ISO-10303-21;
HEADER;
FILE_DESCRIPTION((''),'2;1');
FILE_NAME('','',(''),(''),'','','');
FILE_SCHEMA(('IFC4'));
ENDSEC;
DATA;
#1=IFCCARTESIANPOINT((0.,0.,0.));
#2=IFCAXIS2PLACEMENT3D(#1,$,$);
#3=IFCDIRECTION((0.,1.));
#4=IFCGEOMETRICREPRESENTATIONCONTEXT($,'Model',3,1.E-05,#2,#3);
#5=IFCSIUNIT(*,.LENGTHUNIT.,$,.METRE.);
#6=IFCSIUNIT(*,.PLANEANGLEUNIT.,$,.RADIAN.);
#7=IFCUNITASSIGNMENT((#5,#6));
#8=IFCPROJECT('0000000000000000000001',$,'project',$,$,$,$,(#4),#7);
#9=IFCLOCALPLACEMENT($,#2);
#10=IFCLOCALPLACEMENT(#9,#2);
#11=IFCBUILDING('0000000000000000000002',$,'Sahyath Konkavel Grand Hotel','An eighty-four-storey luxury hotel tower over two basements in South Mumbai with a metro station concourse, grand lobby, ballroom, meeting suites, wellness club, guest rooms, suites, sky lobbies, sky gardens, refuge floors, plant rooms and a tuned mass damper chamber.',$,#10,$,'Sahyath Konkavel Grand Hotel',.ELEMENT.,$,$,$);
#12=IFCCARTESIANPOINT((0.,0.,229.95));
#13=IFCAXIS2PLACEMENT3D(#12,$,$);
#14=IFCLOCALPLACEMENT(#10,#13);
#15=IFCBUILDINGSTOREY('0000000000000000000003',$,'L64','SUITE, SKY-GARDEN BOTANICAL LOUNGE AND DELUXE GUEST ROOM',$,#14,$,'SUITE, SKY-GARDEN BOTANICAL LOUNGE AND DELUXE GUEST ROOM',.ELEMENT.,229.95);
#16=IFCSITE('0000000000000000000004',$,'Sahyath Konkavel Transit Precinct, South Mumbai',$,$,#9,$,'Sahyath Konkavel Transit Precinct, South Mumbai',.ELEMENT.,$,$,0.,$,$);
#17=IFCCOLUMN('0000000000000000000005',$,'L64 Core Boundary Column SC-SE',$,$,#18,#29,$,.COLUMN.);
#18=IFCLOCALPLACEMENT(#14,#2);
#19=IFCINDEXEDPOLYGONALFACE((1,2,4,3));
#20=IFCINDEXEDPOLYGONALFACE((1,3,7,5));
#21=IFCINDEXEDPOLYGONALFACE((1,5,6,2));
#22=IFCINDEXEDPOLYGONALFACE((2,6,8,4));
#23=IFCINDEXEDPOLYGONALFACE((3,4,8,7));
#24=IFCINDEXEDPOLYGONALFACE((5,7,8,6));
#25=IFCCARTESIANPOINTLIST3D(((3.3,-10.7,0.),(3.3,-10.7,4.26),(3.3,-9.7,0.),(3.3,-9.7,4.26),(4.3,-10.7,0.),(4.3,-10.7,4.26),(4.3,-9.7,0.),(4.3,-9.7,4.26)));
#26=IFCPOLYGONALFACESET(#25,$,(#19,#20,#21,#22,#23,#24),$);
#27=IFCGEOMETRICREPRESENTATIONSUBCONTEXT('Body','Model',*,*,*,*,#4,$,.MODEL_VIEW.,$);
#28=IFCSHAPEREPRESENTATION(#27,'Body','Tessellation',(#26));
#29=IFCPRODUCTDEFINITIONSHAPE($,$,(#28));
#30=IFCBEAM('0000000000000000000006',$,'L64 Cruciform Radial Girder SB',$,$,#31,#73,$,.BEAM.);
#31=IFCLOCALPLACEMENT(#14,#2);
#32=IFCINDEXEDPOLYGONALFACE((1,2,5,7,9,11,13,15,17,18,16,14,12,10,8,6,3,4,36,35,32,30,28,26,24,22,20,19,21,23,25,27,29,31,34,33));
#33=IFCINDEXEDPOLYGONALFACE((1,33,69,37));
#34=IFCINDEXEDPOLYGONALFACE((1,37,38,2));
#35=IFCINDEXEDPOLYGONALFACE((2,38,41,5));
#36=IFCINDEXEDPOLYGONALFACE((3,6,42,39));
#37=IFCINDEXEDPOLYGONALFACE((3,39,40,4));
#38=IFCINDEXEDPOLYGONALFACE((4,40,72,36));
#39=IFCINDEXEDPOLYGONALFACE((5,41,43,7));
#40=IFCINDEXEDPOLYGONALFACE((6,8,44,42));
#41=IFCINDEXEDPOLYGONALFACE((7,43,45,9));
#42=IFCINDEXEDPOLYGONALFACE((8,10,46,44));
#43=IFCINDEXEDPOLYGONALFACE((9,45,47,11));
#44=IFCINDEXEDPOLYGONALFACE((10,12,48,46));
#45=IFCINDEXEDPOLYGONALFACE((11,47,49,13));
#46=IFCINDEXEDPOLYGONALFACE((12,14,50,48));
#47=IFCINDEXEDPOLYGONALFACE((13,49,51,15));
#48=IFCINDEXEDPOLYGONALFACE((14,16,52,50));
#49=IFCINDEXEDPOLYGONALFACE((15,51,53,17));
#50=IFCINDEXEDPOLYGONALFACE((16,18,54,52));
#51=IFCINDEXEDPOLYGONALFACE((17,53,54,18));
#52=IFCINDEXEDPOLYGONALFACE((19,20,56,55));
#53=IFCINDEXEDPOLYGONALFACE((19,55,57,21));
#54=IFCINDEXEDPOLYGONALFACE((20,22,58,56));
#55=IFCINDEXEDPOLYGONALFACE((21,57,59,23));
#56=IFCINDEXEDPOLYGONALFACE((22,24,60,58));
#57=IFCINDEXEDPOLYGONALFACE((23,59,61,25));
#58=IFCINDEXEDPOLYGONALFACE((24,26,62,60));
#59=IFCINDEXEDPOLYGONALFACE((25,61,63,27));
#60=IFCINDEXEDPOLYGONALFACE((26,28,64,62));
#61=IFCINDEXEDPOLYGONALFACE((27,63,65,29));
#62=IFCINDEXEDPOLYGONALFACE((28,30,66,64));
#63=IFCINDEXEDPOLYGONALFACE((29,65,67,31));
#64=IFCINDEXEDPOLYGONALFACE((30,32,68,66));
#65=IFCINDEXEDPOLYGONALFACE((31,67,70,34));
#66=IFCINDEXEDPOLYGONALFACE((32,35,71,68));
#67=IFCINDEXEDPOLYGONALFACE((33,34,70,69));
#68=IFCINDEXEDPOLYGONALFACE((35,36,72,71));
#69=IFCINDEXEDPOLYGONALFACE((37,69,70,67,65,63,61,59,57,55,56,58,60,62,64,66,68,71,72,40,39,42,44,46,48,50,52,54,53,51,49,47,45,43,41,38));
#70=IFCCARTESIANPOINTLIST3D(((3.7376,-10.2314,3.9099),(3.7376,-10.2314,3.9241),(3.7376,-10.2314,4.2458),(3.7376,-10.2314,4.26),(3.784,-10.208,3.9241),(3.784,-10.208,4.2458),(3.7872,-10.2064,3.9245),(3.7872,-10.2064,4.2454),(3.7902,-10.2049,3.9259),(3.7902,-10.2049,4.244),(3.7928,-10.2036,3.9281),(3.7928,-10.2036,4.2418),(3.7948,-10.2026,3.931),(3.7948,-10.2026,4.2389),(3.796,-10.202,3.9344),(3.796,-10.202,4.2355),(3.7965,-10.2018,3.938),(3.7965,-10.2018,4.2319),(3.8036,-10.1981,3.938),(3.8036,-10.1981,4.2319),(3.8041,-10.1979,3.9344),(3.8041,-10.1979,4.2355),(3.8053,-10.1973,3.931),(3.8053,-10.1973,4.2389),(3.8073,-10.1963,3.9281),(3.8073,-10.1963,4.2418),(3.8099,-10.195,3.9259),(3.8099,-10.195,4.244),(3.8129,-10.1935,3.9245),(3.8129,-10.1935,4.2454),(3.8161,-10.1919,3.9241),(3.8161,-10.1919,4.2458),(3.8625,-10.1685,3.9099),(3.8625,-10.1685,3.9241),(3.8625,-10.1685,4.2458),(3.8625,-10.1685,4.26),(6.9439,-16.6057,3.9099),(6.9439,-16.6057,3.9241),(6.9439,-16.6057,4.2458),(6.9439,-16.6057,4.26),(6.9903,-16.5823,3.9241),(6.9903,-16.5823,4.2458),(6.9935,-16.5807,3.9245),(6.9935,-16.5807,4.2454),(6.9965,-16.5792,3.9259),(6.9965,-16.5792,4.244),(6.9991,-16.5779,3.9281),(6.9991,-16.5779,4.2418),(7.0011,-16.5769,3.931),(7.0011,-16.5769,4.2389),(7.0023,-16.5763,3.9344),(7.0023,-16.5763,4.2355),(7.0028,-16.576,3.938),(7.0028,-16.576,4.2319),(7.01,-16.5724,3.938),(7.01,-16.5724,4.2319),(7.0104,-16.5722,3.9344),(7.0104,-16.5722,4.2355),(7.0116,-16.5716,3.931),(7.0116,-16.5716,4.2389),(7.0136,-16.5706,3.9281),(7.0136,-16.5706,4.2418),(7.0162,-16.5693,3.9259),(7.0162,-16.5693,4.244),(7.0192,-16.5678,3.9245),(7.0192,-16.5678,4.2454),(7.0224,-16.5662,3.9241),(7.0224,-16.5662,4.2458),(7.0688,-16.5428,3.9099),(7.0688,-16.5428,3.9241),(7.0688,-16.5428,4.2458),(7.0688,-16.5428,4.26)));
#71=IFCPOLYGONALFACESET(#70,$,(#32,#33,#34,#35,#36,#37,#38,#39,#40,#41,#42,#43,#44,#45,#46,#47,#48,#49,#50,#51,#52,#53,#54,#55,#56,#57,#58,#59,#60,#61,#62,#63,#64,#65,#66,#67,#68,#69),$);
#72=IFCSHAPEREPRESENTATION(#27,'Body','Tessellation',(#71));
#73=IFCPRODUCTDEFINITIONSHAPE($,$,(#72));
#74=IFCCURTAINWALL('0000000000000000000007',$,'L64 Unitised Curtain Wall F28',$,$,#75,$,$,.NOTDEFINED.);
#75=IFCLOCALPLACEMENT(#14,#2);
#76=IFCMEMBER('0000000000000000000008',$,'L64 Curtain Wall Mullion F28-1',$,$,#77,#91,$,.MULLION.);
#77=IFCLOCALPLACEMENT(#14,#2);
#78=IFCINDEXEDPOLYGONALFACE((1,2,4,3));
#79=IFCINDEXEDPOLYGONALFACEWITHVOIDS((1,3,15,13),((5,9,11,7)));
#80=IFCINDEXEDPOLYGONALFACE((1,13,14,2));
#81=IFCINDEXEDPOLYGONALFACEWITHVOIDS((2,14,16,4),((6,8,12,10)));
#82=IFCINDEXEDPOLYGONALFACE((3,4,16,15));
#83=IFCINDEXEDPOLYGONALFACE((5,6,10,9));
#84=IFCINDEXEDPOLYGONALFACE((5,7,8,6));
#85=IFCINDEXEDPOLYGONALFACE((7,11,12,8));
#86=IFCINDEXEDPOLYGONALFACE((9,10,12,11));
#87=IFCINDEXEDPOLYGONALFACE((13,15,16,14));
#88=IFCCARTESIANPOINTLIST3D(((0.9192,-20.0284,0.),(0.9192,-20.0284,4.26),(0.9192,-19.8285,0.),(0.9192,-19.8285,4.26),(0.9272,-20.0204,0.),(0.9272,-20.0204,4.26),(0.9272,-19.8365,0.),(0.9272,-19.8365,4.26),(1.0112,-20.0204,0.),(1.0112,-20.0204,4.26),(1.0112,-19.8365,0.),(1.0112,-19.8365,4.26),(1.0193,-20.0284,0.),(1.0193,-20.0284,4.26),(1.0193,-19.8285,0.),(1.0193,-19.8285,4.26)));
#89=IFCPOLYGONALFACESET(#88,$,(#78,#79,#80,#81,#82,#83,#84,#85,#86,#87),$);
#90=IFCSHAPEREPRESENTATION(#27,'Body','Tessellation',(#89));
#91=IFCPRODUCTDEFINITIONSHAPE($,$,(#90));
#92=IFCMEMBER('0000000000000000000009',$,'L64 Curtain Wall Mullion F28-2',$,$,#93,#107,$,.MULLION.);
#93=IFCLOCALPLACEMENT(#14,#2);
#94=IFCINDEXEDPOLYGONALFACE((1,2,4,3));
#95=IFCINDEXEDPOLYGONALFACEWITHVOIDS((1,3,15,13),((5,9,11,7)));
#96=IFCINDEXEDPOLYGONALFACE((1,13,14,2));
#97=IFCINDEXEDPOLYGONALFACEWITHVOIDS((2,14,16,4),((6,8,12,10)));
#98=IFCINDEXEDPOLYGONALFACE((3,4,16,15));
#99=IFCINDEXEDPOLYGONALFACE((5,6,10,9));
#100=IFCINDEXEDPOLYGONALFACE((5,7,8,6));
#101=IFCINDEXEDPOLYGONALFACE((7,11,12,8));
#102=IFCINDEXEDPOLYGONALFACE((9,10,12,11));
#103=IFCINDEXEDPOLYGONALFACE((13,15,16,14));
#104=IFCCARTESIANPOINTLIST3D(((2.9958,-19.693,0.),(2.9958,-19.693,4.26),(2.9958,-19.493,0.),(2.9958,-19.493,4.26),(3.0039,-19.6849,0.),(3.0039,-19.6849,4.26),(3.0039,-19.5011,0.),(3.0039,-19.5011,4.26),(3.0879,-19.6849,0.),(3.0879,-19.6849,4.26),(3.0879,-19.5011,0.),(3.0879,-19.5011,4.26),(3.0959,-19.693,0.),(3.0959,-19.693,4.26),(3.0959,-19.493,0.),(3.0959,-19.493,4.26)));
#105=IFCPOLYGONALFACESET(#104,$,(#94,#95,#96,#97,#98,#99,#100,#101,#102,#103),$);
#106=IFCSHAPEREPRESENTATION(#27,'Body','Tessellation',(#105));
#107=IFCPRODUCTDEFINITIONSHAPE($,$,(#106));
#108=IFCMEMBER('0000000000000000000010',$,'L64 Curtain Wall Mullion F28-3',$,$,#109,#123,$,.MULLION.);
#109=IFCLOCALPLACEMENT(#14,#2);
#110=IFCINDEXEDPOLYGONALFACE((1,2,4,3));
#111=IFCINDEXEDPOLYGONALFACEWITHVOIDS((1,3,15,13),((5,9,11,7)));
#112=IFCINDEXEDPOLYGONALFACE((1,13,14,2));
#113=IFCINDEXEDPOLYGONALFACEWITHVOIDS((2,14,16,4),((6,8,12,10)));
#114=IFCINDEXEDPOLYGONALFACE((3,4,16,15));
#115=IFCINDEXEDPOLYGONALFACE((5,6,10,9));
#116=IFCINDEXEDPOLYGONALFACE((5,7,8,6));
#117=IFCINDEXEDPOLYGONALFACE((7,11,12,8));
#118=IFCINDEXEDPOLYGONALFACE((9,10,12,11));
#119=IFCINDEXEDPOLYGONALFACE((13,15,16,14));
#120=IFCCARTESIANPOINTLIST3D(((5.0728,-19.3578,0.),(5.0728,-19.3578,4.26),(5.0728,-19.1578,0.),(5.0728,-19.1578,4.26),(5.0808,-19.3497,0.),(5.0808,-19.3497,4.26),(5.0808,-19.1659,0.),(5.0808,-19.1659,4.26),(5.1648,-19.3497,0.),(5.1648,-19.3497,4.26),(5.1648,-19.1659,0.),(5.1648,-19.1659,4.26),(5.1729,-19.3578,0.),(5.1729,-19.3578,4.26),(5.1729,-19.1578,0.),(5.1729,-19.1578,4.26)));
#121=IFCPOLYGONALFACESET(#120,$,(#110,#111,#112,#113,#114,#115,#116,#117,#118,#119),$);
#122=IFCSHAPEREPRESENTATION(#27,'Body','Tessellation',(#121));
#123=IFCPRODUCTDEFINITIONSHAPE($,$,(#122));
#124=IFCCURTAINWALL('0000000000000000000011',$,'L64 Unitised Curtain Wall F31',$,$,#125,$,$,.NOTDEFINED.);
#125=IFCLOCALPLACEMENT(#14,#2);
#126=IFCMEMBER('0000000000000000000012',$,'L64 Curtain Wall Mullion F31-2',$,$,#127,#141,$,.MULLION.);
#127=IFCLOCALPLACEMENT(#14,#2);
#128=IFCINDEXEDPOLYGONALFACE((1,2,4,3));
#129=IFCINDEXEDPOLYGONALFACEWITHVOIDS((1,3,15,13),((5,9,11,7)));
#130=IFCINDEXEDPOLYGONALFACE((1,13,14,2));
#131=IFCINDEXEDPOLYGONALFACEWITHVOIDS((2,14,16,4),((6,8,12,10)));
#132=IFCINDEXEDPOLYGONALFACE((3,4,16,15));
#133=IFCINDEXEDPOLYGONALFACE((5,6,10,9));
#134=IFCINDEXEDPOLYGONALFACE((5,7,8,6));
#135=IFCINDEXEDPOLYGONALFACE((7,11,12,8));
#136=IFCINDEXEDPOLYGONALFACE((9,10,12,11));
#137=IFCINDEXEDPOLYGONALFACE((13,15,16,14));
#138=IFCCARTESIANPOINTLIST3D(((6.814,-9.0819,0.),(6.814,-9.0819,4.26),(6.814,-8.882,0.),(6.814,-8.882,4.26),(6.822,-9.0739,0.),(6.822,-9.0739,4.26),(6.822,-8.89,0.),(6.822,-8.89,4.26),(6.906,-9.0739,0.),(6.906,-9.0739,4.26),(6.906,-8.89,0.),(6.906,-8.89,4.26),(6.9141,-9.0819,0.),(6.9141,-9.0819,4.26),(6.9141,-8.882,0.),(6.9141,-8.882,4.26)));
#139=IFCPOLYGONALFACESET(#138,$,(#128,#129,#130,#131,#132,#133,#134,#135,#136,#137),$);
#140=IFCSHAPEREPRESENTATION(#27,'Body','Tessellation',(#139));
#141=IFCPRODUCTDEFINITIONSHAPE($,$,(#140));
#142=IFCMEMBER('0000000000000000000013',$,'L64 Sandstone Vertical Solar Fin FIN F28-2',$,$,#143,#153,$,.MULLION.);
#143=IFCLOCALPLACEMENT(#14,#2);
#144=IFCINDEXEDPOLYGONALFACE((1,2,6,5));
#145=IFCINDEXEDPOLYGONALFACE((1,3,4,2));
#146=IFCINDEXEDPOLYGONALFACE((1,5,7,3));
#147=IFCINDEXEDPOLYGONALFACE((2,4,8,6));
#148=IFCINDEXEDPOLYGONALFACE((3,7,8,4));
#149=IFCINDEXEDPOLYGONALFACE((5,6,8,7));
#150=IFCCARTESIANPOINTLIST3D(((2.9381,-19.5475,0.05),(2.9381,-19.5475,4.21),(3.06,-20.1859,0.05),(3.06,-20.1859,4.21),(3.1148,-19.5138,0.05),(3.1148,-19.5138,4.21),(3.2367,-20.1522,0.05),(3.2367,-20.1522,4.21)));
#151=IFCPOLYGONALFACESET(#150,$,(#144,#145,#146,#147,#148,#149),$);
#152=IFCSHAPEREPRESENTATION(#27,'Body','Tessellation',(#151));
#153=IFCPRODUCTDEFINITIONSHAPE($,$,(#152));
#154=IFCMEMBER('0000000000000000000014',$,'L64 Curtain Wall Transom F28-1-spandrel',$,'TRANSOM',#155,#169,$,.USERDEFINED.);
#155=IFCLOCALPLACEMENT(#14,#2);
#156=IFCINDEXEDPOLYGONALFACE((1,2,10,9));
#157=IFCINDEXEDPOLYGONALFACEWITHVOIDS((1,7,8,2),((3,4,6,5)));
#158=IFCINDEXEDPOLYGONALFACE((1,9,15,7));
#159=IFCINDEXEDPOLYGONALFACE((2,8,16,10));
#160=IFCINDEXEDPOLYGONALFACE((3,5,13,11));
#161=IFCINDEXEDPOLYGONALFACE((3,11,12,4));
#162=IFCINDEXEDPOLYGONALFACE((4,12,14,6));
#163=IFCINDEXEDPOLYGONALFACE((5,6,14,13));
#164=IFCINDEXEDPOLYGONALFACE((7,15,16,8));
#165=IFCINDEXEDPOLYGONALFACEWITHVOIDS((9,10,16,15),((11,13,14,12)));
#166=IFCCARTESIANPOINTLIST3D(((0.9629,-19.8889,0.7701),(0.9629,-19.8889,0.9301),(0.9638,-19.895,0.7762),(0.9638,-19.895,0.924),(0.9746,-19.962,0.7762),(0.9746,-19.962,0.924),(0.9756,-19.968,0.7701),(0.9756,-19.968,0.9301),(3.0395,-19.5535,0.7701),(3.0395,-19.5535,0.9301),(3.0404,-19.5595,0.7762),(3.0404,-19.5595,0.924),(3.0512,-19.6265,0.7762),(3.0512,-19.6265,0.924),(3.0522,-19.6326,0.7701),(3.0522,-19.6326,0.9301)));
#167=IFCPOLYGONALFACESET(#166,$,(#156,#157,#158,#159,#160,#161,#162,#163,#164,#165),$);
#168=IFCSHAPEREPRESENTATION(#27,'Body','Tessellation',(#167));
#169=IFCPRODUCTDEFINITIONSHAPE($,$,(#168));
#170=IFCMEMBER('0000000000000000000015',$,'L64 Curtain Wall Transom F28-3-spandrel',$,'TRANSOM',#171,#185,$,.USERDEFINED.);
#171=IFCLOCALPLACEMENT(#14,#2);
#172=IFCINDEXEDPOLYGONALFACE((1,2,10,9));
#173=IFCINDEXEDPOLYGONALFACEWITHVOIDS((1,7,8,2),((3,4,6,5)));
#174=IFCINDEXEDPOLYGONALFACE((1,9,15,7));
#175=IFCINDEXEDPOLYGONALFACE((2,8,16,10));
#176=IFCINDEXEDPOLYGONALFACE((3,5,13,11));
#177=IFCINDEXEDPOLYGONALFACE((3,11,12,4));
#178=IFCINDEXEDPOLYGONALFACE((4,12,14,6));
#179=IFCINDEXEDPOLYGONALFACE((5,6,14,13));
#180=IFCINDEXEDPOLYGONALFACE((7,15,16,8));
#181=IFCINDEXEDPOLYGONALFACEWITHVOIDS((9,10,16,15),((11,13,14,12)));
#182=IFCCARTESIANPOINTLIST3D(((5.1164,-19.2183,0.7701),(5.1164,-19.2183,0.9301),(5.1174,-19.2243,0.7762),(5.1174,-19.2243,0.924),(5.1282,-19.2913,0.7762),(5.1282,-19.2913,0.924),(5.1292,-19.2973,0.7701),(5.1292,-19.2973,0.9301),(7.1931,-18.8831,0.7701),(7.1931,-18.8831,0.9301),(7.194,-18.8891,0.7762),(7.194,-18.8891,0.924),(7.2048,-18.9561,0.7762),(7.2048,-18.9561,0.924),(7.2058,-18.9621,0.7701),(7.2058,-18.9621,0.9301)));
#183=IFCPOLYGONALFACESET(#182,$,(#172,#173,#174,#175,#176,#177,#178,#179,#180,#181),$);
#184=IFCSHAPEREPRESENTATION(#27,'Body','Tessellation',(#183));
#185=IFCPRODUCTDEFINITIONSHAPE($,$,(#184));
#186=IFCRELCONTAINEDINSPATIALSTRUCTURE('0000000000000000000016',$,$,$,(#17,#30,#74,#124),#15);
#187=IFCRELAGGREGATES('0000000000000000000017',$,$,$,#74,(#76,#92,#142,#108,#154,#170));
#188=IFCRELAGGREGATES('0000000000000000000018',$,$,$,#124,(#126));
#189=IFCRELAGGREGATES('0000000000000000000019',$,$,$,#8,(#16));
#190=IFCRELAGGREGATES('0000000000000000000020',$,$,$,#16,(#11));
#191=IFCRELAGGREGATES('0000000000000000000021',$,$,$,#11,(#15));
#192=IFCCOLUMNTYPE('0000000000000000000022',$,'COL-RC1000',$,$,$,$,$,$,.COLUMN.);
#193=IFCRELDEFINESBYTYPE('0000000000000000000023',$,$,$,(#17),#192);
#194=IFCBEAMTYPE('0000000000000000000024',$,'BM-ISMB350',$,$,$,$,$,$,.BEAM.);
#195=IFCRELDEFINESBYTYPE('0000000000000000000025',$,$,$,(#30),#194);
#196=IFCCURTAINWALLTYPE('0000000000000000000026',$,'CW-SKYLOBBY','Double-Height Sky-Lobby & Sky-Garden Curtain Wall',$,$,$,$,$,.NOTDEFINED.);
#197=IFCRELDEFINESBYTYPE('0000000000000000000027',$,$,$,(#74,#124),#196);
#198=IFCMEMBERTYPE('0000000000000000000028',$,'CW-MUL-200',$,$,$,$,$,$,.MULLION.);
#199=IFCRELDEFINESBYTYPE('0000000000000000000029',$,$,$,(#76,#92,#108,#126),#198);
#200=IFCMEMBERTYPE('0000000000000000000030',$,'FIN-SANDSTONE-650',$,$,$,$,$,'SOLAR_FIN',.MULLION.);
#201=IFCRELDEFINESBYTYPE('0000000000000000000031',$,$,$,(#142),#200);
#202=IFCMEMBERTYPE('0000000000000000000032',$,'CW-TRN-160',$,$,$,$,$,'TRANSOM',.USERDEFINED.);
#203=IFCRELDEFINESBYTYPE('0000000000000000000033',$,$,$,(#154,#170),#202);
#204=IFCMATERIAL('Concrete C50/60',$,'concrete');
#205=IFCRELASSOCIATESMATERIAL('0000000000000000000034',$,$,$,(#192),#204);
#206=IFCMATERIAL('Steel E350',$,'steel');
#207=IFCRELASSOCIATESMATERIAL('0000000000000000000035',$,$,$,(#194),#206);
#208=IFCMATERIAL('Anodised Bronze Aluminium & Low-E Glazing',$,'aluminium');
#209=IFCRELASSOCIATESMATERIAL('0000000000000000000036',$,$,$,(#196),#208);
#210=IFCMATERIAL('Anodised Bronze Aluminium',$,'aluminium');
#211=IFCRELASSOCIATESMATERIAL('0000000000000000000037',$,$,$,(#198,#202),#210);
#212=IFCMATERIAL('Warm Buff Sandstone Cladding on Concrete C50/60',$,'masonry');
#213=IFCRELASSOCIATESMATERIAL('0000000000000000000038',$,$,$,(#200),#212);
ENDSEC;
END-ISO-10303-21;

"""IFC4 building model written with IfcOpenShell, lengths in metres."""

from ifc_helpers import new_model, si_unit, direction, frame, origin, origin_2d, place, context, subcontext, project, spatial, rectangle, hollow_rectangle, i_section, extrude, source, transform, mapped, material, material_profile, profile_set, type_object, element, aggregate, save


model = new_model("IFC4")

# Units and contexts
model_context = context("Model", 3, precision=1e-05, world=origin(), true_north=direction((0.0, 1.0)))
body_context = subcontext(model_context, "Body", "Model", "MODEL_VIEW")
ifc_project = project(units=[si_unit("LENGTHUNIT", "METRE"), si_unit("PLANEANGLEUNIT", "RADIAN")], contexts=[model_context])

# Site, building, storey
site_placement = place(None, origin())
site = spatial("IfcSite", under=ifc_project, at=site_placement, Name="Sahyath Konkavel Transit Precinct, South Mumbai", LongName="Sahyath Konkavel Transit Precinct, South Mumbai", CompositionType="ELEMENT", RefElevation=0.0)
building_placement = place(site_placement, origin())
building = spatial("IfcBuilding", under=site, at=building_placement, Name="Sahyath Konkavel Grand Hotel", Description="An eighty-four-storey luxury hotel tower over two basements in South Mumbai with a metro station concourse, grand lobby, ballroom, meeting suites, wellness club, guest rooms, suites, sky lobbies, sky gardens, refuge floors, plant rooms and a tuned mass damper chamber.", LongName="Sahyath Konkavel Grand Hotel", CompositionType="ELEMENT")
storey_placement = place(building_placement, frame((0.0, 0.0, 229.95)))
storey = spatial("IfcBuildingStorey", under=building, at=storey_placement, Name="L64", Description="SUITE, SKY-GARDEN BOTANICAL LOUNGE AND DELUXE GUEST ROOM", LongName="SUITE, SKY-GARDEN BOTANICAL LOUNGE AND DELUXE GUEST ROOM", CompositionType="ELEMENT", Elevation=229.95)

# Column
ifc_material_1 = material(Name="Concrete C50/60", Category="concrete")
ifc_material_profile_1 = material_profile(ifc_material_1, rectangle(XDim=1.0, YDim=1.0, at=origin_2d()), Name="RC 1000x1000")
ifc_profile_set_1 = profile_set([ifc_material_profile_1], Name="Concrete C50/60")
column_type = type_object("IfcColumnType", Name="COL-RC1000", PredefinedType="COLUMN", material=ifc_profile_set_1)
shared_shape_1 = source(origin(), body_context, "Body", "SweptSolid", [
    extrude(rectangle(XDim=1.0, YDim=1.0, at=origin_2d()), origin(), (0.0, 0.0, 1.0), 4.26),
])
column_placement = place(storey_placement, frame((3.8, -10.2, 0.0), z_axis=(0.0, 0.0, 1.0), x_axis=(1.0, 0.0, 0.0)))
element("IfcColumn", 1, at=column_placement, inside=storey, type_object=column_type, Name="L64 Core Boundary Column SC-SE", PredefinedType="COLUMN", context=body_context, shape_type="MappedRepresentation", body=[
    mapped(shared_shape_1, transform((0.0, 0.0, 0.0), scale=1.0)),
])

# Beam
ifc_material_2 = material(Name="Steel E350", Category="steel")
ifc_material_profile_2 = material_profile(ifc_material_2, i_section(OverallWidth=0.1399, OverallDepth=0.3501, WebThickness=0.0081, FlangeThickness=0.0142, FilletRadius=0.0139, at=origin_2d()), Name="ISMB 350")
ifc_profile_set_2 = profile_set([ifc_material_profile_2], Name="Steel E350")
beam_type_1 = type_object("IfcBeamType", Name="BM-ISMB350", PredefinedType="BEAM", material=ifc_profile_set_2)
shared_shape_2 = source(origin(), body_context, "Body", "SweptSolid", [
    extrude(i_section(OverallWidth=0.1399, OverallDepth=0.3501, WebThickness=0.0081, FlangeThickness=0.0142, FilletRadius=0.0139, at=origin_2d()), origin(), (0.0, 0.0, 1.0), 7.1353),
])
beam_1_placement = place(storey_placement, frame((3.8, -10.2, 4.085), z_axis=(0.449361, -0.89335, 0.0), x_axis=(0.89335, 0.449361, 0.0)))
element("IfcBeam", 2, at=beam_1_placement, inside=storey, type_object=beam_type_1, Name="L64 Cruciform Radial Girder SB", PredefinedType="BEAM", context=body_context, shape_type="MappedRepresentation", body=[
    mapped(shared_shape_2, transform((0.0, 0.0, 0.0), scale=1.0)),
])

# Curtain wall, members
ifc_material_3 = material(Name="Anodised Bronze Aluminium & Low-E Glazing", Category="aluminium")
curtain_wall_type = type_object("IfcCurtainWallType", Name="CW-SKYLOBBY", Description="Double-Height Sky-Lobby & Sky-Garden Curtain Wall", PredefinedType="NOTDEFINED", material=ifc_material_3)
curtain_wall_1_placement = place(storey_placement, origin())
curtain_wall_1 = element("IfcCurtainWall", 3, at=curtain_wall_1_placement, inside=storey, type_object=curtain_wall_type, Name="L64 Unitised Curtain Wall F28", PredefinedType="NOTDEFINED")
ifc_material_4 = material(Name="Anodised Bronze Aluminium", Category="aluminium")
ifc_material_profile_3 = material_profile(ifc_material_4, hollow_rectangle(XDim=0.1001, YDim=0.2, WallThickness=0.0081, at=origin_2d()), Name="RHS 200x100x8")
ifc_profile_set_3 = profile_set([ifc_material_profile_3], Name="Anodised Bronze Aluminium")
member_type_1 = type_object("IfcMemberType", Name="CW-MUL-200", PredefinedType="MULLION", material=ifc_profile_set_3)
shared_shape_3 = source(origin(), body_context, "Body", "SweptSolid", [
    extrude(hollow_rectangle(XDim=0.1001, YDim=0.2, WallThickness=0.0081, at=origin_2d()), origin(), (0.0, 0.0, 1.0), 4.26),
])
member_1_placement = place(storey_placement, frame((0.9692, -19.9285, 0.0), z_axis=(0.0, 0.0, 1.0), x_axis=(1.0, 0.0, 0.0)))
member_1 = element("IfcMember", 4, at=member_1_placement, type_object=member_type_1, Name="L64 Curtain Wall Mullion F28-1", PredefinedType="MULLION", context=body_context, shape_type="MappedRepresentation", body=[
    mapped(shared_shape_3, transform((0.0, 0.0, 0.0), scale=1.0)),
])
member_2_placement = place(storey_placement, frame((3.0459, -19.593, 0.0), z_axis=(0.0, 0.0, 1.0), x_axis=(1.0, 0.0, 0.0)))
member_2 = element("IfcMember", 5, at=member_2_placement, type_object=member_type_1, Name="L64 Curtain Wall Mullion F28-2", PredefinedType="MULLION", context=body_context, shape_type="MappedRepresentation", body=[
    mapped(shared_shape_3, transform((0.0, 0.0, 0.0), scale=1.0)),
])
member_3_placement = place(storey_placement, frame((5.1228, -19.2578, 0.0), z_axis=(0.0, 0.0, 1.0), x_axis=(1.0, 0.0, 0.0)))
member_3 = element("IfcMember", 6, at=member_3_placement, type_object=member_type_1, Name="L64 Curtain Wall Mullion F28-3", PredefinedType="MULLION", context=body_context, shape_type="MappedRepresentation", body=[
    mapped(shared_shape_3, transform((0.0, 0.0, 0.0), scale=1.0)),
])

# Curtain wall, member
curtain_wall_2_placement = place(storey_placement, origin())
curtain_wall_2 = element("IfcCurtainWall", 7, at=curtain_wall_2_placement, inside=storey, type_object=curtain_wall_type, Name="L64 Unitised Curtain Wall F31", PredefinedType="NOTDEFINED")
member_4_placement = place(storey_placement, frame((6.864, -8.9819, 0.0), z_axis=(0.0, 0.0, 1.0), x_axis=(1.0, 0.0, 0.0)))
member_4 = element("IfcMember", 8, at=member_4_placement, type_object=member_type_1, Name="L64 Curtain Wall Mullion F31-2", PredefinedType="MULLION", context=body_context, shape_type="MappedRepresentation", body=[
    mapped(shared_shape_3, transform((0.0, 0.0, 0.0), scale=1.0)),
])

# Members
ifc_material_5 = material(Name="Warm Buff Sandstone Cladding on Concrete C50/60", Category="masonry")
ifc_material_profile_4 = material_profile(ifc_material_5, rectangle(XDim=0.1799, YDim=0.6499, at=origin_2d()), Name="FIN 180x650")
ifc_profile_set_4 = profile_set([ifc_material_profile_4], Name="Warm Buff Sandstone Cladding on Concrete C50/60")
member_type_2 = type_object("IfcMemberType", Name="FIN-SANDSTONE-650", ElementType="SOLAR_FIN", PredefinedType="MULLION", material=ifc_profile_set_4)
shared_shape_4 = source(origin(), body_context, "Body", "SweptSolid", [
    extrude(rectangle(XDim=0.1799, YDim=0.6499, at=origin_2d()), origin(), (0.0, 0.0, 1.0), 4.1599),
])
member_5_placement = place(storey_placement, frame((3.0874, -19.8499, 0.05), z_axis=(0.0, 0.0, 1.0), x_axis=(0.982255, 0.187553, 0.0)))
member_5 = element("IfcMember", 9, at=member_5_placement, type_object=member_type_2, Name="L64 Sandstone Vertical Solar Fin FIN F28-2", PredefinedType="MULLION", context=body_context, shape_type="MappedRepresentation", body=[
    mapped(shared_shape_4, transform((0.0, 0.0, 0.0), scale=1.0)),
])
ifc_material_profile_5 = material_profile(ifc_material_4, hollow_rectangle(XDim=0.0801, YDim=0.1599, WallThickness=0.0061, at=origin_2d()), Name="RHS 160x80x6")
ifc_profile_set_5 = profile_set([ifc_material_profile_5], Name="Anodised Bronze Aluminium")
member_type_3 = type_object("IfcMemberType", Name="CW-TRN-160", ElementType="TRANSOM", PredefinedType="USERDEFINED", material=ifc_profile_set_5)
shared_shape_5 = source(origin(), body_context, "Body", "SweptSolid", [
    extrude(hollow_rectangle(XDim=0.0801, YDim=0.1599, WallThickness=0.0061, at=origin_2d()), origin(), (0.0, 0.0, 1.0), 2.1035),
])
member_6_placement = place(storey_placement, frame((0.9692, -19.9285, 0.8501), z_axis=(0.987203, 0.159466, 0.0), x_axis=(-0.159466, 0.987203, 0.0)))
member_6 = element("IfcMember", 10, at=member_6_placement, type_object=member_type_3, Name="L64 Curtain Wall Transom F28-1-spandrel", ObjectType="TRANSOM", PredefinedType="USERDEFINED", context=body_context, shape_type="MappedRepresentation", body=[
    mapped(shared_shape_5, transform((0.0, 0.0, 0.0), scale=1.0)),
])
member_7_placement = place(storey_placement, frame((5.1228, -19.2578, 0.8501), z_axis=(0.987222, 0.159353, 0.0), x_axis=(-0.159353, 0.987222, 0.0)))
member_7 = element("IfcMember", 11, at=member_7_placement, type_object=member_type_3, Name="L64 Curtain Wall Transom F28-3-spandrel", ObjectType="TRANSOM", PredefinedType="USERDEFINED", context=body_context, shape_type="MappedRepresentation", body=[
    mapped(shared_shape_5, transform((0.0, 0.0, 0.0), scale=1.0)),
])

aggregate(curtain_wall_1, [member_1, member_2, member_5, member_3, member_6, member_7])
aggregate(curtain_wall_2, [member_4])

save(model, "model.ifc")
